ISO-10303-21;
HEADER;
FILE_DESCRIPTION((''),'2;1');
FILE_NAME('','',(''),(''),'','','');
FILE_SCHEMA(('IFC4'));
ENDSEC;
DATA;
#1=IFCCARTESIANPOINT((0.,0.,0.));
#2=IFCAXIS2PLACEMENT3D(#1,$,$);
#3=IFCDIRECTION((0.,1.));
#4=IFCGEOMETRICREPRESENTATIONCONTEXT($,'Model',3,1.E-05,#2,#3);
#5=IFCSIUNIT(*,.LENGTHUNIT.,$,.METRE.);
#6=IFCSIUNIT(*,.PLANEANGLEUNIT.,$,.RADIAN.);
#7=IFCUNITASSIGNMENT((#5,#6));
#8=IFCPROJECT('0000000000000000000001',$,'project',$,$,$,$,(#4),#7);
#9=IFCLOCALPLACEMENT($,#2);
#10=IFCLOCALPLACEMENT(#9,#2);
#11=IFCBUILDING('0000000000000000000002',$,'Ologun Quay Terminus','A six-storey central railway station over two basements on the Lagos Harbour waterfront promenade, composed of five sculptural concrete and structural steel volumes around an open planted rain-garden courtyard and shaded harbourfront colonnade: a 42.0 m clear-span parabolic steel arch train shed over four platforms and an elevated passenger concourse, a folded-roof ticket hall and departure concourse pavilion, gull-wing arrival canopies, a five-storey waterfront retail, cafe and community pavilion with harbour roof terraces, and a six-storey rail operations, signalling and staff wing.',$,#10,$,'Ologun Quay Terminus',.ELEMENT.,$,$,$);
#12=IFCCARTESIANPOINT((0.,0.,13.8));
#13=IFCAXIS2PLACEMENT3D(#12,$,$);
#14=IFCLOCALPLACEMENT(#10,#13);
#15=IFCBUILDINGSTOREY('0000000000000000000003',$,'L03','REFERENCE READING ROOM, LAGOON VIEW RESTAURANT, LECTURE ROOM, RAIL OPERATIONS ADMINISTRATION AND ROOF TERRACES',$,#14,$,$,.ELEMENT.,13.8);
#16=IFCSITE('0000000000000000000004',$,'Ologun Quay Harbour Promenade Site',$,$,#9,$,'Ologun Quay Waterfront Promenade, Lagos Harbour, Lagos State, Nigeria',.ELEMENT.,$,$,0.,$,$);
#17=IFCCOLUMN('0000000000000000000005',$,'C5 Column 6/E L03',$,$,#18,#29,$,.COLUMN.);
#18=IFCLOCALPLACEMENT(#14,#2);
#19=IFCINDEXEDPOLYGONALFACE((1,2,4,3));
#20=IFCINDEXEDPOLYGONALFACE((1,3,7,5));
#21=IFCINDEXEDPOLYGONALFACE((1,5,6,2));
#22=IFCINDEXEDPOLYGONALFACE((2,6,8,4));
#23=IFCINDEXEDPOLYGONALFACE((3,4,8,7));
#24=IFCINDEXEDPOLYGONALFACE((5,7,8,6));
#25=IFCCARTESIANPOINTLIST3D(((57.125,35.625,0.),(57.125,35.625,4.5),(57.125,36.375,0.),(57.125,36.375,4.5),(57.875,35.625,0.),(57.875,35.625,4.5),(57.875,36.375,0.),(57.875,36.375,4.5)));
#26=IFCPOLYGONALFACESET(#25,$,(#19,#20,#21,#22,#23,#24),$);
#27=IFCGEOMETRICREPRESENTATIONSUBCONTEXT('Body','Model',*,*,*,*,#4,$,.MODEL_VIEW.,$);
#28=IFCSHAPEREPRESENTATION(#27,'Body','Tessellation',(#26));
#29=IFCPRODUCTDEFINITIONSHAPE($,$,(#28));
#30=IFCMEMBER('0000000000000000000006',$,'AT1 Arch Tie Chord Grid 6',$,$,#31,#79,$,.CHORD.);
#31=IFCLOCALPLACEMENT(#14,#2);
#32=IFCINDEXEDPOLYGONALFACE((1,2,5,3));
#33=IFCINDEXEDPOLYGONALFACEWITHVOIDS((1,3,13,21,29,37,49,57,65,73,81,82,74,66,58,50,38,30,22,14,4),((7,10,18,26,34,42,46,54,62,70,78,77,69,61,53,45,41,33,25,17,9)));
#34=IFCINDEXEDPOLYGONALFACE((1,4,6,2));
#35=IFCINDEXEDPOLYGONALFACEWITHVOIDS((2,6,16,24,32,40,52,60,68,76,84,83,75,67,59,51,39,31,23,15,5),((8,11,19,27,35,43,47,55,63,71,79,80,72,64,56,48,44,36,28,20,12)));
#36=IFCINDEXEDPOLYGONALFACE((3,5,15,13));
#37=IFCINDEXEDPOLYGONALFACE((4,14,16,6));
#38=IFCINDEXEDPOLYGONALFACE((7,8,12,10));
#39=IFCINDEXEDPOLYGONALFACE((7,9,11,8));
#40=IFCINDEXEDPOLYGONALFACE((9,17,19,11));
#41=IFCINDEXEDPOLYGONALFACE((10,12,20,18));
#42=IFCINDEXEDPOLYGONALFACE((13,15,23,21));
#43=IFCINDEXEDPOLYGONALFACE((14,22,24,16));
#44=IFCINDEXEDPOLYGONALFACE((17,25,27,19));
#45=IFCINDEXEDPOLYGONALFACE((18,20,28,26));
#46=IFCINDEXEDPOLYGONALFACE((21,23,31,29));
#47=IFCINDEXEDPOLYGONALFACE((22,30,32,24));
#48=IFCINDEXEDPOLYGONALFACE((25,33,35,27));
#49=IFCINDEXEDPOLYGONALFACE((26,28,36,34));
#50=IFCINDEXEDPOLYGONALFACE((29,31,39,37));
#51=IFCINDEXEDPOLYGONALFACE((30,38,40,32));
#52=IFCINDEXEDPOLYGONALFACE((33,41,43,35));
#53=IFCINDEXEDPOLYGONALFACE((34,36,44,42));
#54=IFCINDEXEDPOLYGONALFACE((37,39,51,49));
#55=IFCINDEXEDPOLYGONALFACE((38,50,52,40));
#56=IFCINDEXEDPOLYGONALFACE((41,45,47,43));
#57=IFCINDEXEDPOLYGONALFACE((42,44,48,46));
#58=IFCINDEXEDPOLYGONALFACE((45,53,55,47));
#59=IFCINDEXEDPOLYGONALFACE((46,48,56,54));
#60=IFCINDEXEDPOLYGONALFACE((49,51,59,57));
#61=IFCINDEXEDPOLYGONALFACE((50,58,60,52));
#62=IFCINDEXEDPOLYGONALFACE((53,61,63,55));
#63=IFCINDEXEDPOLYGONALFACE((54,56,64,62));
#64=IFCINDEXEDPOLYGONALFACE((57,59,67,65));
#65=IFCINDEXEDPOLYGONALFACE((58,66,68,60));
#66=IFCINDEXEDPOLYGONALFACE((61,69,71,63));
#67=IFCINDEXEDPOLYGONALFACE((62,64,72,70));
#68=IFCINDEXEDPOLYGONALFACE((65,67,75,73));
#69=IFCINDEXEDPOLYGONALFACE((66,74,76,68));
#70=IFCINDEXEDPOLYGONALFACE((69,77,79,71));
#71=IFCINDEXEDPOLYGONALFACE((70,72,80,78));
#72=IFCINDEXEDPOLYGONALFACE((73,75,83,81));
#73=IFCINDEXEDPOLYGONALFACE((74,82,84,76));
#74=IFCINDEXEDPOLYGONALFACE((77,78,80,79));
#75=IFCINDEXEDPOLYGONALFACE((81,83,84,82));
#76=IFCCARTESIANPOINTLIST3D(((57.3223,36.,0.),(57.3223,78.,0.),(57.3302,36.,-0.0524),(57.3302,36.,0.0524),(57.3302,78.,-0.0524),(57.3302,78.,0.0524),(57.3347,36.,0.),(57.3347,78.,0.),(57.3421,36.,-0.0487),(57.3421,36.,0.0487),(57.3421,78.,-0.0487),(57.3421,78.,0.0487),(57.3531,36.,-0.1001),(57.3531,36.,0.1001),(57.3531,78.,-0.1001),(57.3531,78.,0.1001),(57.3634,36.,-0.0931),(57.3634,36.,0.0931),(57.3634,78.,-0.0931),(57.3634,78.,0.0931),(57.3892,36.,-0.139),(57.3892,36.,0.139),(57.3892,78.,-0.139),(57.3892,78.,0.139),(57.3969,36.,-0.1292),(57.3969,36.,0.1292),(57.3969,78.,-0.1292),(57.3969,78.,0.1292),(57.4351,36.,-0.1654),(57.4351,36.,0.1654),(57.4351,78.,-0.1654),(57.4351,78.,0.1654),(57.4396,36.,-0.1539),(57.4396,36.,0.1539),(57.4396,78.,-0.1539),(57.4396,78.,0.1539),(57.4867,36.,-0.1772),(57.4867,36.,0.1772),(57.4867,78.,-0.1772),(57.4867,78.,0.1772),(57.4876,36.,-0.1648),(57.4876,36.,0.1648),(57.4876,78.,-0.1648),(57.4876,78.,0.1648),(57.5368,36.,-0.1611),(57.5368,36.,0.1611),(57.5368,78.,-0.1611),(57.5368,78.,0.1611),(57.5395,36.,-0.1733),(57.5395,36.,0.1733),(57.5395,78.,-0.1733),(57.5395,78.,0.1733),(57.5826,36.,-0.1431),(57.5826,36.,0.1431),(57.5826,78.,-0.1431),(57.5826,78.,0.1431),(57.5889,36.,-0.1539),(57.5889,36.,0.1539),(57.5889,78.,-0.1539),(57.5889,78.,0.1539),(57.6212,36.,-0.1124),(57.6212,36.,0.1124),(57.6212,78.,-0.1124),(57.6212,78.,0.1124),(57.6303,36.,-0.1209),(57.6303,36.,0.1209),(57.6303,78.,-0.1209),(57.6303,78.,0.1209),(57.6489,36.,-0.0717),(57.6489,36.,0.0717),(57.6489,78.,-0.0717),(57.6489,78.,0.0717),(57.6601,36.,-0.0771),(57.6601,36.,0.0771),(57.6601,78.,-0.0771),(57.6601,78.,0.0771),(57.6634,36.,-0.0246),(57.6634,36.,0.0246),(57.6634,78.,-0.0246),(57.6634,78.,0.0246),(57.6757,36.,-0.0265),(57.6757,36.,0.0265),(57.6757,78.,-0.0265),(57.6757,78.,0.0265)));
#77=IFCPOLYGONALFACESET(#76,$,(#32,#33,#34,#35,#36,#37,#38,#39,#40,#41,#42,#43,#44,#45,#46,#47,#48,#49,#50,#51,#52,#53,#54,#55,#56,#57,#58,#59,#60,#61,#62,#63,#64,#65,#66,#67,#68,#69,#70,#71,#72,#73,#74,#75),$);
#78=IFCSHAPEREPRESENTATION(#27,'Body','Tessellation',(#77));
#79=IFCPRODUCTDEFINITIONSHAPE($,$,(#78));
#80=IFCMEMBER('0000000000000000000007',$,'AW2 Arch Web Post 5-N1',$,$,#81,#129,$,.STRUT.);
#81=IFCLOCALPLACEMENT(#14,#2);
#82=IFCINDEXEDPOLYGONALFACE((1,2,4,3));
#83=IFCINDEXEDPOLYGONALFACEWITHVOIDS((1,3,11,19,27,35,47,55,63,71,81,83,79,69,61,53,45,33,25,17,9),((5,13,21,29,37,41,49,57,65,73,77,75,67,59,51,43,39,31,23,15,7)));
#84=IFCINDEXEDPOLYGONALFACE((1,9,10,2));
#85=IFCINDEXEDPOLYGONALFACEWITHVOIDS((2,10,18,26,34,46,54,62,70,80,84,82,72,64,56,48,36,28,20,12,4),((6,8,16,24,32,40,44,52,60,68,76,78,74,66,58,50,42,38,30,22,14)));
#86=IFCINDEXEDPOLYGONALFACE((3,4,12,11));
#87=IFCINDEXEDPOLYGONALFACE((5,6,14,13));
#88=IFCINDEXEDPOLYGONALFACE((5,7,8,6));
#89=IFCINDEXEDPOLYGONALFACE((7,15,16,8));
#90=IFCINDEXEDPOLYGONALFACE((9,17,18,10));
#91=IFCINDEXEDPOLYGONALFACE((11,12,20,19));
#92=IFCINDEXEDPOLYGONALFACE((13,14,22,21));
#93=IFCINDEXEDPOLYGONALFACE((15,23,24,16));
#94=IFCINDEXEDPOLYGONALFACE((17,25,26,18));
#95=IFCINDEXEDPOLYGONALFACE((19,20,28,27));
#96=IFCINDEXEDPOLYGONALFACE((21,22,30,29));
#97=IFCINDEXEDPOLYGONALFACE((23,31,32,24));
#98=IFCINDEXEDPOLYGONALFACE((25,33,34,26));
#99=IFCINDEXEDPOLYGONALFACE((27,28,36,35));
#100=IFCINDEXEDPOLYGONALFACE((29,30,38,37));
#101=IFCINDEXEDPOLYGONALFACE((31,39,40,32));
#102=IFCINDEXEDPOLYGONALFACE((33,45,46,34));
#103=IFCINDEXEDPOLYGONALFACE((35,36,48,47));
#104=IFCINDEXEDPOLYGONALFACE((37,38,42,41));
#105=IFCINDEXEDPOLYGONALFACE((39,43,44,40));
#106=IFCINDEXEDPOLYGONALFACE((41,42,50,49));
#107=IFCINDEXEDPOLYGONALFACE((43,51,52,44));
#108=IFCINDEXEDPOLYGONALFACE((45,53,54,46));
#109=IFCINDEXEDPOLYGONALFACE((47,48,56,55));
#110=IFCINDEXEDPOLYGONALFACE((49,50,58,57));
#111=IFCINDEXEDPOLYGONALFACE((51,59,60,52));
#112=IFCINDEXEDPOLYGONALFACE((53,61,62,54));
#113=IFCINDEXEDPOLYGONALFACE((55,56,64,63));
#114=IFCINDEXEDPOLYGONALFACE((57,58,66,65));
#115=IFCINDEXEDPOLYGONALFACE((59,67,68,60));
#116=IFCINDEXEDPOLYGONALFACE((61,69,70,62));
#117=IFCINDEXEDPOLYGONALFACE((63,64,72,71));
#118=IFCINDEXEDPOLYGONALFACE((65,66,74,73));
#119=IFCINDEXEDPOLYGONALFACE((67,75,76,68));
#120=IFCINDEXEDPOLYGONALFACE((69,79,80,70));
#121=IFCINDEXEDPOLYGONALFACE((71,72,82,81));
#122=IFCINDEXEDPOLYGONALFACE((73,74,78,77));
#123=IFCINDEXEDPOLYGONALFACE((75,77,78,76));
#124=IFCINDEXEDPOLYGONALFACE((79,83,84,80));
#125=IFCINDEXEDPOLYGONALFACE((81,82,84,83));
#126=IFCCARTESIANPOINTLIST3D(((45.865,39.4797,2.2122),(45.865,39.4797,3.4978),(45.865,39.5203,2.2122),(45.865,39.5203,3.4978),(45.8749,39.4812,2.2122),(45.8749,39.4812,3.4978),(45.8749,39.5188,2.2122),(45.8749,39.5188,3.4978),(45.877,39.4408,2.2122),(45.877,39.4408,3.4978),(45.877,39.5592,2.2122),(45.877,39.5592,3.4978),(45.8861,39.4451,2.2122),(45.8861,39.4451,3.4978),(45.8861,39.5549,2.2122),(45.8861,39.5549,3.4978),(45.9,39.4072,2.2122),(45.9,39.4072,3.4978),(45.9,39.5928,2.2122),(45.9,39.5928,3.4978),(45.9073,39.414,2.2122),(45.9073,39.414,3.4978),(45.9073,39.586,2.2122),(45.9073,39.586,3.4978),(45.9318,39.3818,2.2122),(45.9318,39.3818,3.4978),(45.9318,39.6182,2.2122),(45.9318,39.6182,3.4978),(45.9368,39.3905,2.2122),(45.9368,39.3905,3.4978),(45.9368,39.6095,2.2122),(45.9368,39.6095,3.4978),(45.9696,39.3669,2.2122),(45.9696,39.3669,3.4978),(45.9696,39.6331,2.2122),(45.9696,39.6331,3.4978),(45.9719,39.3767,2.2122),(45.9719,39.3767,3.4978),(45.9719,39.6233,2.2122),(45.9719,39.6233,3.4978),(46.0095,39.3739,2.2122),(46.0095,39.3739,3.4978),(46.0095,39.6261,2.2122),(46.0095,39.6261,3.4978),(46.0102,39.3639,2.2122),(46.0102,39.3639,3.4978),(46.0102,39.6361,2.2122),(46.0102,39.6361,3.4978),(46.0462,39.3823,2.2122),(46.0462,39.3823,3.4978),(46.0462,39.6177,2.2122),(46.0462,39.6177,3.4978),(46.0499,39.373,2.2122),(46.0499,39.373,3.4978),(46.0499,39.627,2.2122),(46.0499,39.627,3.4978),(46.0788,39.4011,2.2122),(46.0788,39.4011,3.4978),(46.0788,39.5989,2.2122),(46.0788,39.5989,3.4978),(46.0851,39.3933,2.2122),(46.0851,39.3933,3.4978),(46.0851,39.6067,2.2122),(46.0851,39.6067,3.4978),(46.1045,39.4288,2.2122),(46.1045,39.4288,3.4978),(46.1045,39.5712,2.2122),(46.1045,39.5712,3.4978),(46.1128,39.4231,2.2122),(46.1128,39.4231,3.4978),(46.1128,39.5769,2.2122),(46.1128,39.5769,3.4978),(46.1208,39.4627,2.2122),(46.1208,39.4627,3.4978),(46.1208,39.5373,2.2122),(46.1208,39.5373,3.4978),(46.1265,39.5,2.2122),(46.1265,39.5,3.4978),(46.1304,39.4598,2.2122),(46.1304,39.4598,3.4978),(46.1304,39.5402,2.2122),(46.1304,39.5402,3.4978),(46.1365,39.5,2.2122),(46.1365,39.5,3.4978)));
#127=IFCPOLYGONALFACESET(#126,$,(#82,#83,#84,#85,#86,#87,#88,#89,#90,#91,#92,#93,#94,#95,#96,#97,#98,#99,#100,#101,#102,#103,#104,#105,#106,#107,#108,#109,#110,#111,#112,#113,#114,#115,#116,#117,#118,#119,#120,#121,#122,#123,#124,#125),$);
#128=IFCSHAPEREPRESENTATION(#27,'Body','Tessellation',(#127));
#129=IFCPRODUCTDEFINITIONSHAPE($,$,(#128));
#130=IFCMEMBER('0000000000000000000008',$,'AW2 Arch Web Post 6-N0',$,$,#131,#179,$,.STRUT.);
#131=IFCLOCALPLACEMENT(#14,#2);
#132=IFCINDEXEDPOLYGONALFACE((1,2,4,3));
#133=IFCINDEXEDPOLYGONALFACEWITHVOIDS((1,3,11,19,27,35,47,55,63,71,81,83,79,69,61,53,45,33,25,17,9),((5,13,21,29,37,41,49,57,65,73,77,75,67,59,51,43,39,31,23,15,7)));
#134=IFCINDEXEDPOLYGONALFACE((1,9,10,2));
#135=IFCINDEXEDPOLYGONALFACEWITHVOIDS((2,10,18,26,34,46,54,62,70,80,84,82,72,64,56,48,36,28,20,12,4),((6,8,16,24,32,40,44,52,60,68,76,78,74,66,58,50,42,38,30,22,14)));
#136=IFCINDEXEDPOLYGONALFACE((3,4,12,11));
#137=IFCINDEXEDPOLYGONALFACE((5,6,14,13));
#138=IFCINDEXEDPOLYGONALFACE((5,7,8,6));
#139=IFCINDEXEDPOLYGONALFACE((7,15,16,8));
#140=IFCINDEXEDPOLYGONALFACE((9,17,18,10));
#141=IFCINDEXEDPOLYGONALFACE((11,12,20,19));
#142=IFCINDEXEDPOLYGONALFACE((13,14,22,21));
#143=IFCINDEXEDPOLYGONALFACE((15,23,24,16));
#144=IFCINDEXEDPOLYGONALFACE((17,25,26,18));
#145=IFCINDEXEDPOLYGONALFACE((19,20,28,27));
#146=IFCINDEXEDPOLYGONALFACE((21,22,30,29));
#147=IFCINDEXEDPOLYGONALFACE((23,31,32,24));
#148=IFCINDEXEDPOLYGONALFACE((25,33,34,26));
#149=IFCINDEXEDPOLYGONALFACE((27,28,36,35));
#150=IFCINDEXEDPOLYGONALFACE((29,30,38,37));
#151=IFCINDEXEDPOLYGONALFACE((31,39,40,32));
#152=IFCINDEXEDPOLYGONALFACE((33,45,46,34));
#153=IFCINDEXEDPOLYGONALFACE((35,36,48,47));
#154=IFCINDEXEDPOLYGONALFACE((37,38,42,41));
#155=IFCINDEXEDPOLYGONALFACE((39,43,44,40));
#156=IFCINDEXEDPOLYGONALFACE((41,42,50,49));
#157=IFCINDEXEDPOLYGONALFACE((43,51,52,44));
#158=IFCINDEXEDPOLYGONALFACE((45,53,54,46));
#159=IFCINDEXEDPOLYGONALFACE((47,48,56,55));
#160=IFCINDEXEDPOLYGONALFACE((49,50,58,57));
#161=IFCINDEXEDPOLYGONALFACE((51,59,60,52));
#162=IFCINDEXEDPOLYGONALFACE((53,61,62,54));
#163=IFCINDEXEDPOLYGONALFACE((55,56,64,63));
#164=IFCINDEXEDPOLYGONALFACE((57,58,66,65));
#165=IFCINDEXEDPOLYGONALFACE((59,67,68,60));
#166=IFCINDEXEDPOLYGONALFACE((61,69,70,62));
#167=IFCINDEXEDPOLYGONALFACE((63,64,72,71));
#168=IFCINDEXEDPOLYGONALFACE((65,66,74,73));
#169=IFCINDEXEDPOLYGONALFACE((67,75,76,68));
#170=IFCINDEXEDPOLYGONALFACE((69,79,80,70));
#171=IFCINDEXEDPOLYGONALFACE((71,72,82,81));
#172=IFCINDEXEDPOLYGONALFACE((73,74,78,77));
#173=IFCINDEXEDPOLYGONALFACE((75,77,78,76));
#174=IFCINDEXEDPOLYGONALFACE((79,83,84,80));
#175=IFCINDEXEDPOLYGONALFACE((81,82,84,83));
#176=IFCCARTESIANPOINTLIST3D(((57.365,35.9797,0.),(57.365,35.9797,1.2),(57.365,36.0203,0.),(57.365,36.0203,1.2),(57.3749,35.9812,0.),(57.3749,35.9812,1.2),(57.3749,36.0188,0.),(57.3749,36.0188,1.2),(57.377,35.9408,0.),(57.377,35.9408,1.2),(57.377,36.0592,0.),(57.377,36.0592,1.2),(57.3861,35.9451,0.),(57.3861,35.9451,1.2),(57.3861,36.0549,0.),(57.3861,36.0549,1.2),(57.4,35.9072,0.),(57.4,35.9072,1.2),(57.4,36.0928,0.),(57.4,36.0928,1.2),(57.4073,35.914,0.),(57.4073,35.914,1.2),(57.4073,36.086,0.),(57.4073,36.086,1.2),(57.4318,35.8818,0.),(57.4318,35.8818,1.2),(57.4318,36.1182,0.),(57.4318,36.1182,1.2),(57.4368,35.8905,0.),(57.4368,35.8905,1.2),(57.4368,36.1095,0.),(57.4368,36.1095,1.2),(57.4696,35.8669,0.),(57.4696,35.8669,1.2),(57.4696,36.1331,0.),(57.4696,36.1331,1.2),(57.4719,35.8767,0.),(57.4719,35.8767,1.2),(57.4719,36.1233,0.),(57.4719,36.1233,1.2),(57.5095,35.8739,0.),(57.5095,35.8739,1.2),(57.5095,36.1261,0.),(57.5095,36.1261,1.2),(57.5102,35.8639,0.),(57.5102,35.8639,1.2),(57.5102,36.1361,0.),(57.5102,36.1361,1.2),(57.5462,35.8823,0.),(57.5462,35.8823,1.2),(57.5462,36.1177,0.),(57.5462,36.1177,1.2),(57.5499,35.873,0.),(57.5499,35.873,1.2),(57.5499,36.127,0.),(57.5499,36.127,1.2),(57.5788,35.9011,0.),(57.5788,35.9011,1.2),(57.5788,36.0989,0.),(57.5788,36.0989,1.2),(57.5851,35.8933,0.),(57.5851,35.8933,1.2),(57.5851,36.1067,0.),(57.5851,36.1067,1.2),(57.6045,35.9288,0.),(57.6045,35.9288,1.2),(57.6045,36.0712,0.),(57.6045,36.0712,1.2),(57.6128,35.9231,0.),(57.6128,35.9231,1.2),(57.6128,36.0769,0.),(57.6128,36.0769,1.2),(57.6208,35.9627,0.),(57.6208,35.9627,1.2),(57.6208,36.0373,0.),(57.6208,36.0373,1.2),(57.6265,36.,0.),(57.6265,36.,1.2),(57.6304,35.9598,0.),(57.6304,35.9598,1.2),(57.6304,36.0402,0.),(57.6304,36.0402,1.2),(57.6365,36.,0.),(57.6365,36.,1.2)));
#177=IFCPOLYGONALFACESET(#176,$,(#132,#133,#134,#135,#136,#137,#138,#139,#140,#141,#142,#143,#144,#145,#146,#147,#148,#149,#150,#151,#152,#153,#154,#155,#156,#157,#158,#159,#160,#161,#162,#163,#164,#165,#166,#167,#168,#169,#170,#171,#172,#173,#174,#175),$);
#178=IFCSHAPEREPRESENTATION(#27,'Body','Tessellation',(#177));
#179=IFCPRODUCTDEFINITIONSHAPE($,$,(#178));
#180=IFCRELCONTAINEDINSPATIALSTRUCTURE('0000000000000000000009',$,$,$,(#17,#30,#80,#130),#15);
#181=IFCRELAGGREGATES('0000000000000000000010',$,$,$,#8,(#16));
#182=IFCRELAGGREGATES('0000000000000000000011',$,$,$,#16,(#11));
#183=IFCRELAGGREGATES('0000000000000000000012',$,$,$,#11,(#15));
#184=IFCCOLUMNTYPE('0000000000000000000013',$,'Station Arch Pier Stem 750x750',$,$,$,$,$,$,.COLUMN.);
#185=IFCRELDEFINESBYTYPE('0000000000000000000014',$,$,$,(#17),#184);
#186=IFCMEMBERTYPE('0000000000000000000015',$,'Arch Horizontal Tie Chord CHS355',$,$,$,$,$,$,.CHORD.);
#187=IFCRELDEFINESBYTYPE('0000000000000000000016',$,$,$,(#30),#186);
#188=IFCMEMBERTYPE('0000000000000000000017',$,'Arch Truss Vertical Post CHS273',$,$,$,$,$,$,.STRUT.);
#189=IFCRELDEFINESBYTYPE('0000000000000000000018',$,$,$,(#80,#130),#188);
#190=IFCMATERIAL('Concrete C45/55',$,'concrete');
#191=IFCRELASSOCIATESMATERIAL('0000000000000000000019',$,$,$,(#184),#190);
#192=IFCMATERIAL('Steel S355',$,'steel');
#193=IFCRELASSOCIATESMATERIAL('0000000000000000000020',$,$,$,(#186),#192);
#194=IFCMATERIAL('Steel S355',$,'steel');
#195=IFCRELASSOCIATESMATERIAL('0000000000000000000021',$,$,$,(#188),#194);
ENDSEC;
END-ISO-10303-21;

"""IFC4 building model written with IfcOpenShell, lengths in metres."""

from ifc_helpers import new_model, si_unit, direction, frame, origin, origin_2d, place, context, subcontext, project, spatial, rectangle, hollow_circle, extrude, material, material_profile, profile_set, type_object, element, save


model = new_model("IFC4")

# Units and contexts
model_context = context("Model", 3, precision=1e-05, world=origin(), true_north=direction((0.0, 1.0)))
body_context = subcontext(model_context, "Body", "Model", "MODEL_VIEW")
ifc_project = project(units=[si_unit("LENGTHUNIT", "METRE"), si_unit("PLANEANGLEUNIT", "RADIAN")], contexts=[model_context])

# Site, building, storey
site_placement = place(None, origin())
site = spatial("IfcSite", under=ifc_project, at=site_placement, Name="Ologun Quay Harbour Promenade Site", LongName="Ologun Quay Waterfront Promenade, Lagos Harbour, Lagos State, Nigeria", CompositionType="ELEMENT", RefElevation=0.0)
building_placement = place(site_placement, origin())
building = spatial("IfcBuilding", under=site, at=building_placement, Name="Ologun Quay Terminus", Description="A six-storey central railway station over two basements on the Lagos Harbour waterfront promenade, composed of five sculptural concrete and structural steel volumes around an open planted rain-garden courtyard and shaded harbourfront colonnade: a 42.0 m clear-span parabolic steel arch train shed over four platforms and an elevated passenger concourse, a folded-roof ticket hall and departure concourse pavilion, gull-wing arrival canopies, a five-storey waterfront retail, cafe and community pavilion with harbour roof terraces, and a six-storey rail operations, signalling and staff wing.", LongName="Ologun Quay Terminus", CompositionType="ELEMENT")
storey_placement = place(building_placement, frame((0.0, 0.0, 13.8)))
storey = spatial("IfcBuildingStorey", under=building, at=storey_placement, Name="L03", Description="REFERENCE READING ROOM, LAGOON VIEW RESTAURANT, LECTURE ROOM, RAIL OPERATIONS ADMINISTRATION AND ROOF TERRACES", CompositionType="ELEMENT", Elevation=13.8)

# Column
ifc_material_1 = material(Name="Concrete C45/55", Category="concrete")
ifc_material_profile_1 = material_profile(ifc_material_1, rectangle(XDim=0.75, YDim=0.75, at=origin_2d()), Name="RC 750x750")
ifc_profile_set_1 = profile_set([ifc_material_profile_1], Name="Concrete C45/55")
column_type = type_object("IfcColumnType", Name="Station Arch Pier Stem 750x750", PredefinedType="COLUMN", material=ifc_profile_set_1)
column_placement = place(storey_placement, frame((57.5, 36.0, 0.0), z_axis=(0.0, 0.0, 1.0), x_axis=(1.0, 0.0, 0.0)))
element("IfcColumn", 1, at=column_placement, inside=storey, type_object=column_type, Name="C5 Column 6/E L03", PredefinedType="COLUMN", context=body_context, shape_type="SweptSolid", body=[
    extrude(rectangle(XDim=0.75, YDim=0.75, at=origin_2d()), origin(), (0.0, 0.0, 1.0), 4.5),
])

# Members
ifc_material_2 = material(Name="Steel S355", Category="steel")
ifc_material_profile_2 = material_profile(ifc_material_2, hollow_circle(Radius=0.1777, WallThickness=0.0125, at=origin_2d()), Name="CHS 355.6x12.5")
ifc_profile_set_2 = profile_set([ifc_material_profile_2], Name="Steel S355")
member_type_1 = type_object("IfcMemberType", Name="Arch Horizontal Tie Chord CHS355", PredefinedType="CHORD", material=ifc_profile_set_2)
member_1_placement = place(storey_placement, frame((57.5, 36.0, 0.0), z_axis=(0.0, 1.0, 0.0), x_axis=(-1.0, 0.0, 0.0)))
element("IfcMember", 2, at=member_1_placement, inside=storey, type_object=member_type_1, Name="AT1 Arch Tie Chord Grid 6", PredefinedType="CHORD", context=body_context, shape_type="SweptSolid", body=[
    extrude(hollow_circle(Radius=0.1777, WallThickness=0.0125, at=origin_2d()), origin(), (0.0, 0.0, 1.0), 42.0),
])
ifc_material_3 = material(Name="Steel S355", Category="steel")
ifc_material_profile_3 = material_profile(ifc_material_3, hollow_circle(Radius=0.1365, WallThickness=0.01, at=origin_2d()), Name="CHS 273x10")
ifc_profile_set_3 = profile_set([ifc_material_profile_3], Name="Steel S355")
member_type_2 = type_object("IfcMemberType", Name="Arch Truss Vertical Post CHS273", PredefinedType="STRUT", material=ifc_profile_set_3)
member_2_placement = place(storey_placement, frame((46.0, 39.5, 2.2122), z_axis=(0.0, 0.0, 1.0), x_axis=(1.0, 0.0, 0.0)))
element("IfcMember", 3, at=member_2_placement, inside=storey, type_object=member_type_2, Name="AW2 Arch Web Post 5-N1", PredefinedType="STRUT", context=body_context, shape_type="SweptSolid", body=[
    extrude(hollow_circle(Radius=0.1365, WallThickness=0.01, at=origin_2d()), origin(), (0.0, 0.0, 1.0), 1.2856),
])
member_3_placement = place(storey_placement, frame((57.5, 36.0, 0.0), z_axis=(0.0, 0.0, 1.0), x_axis=(1.0, 0.0, 0.0)))
element("IfcMember", 4, at=member_3_placement, inside=storey, type_object=member_type_2, Name="AW2 Arch Web Post 6-N0", PredefinedType="STRUT", context=body_context, shape_type="SweptSolid", body=[
    extrude(hollow_circle(Radius=0.1365, WallThickness=0.01, at=origin_2d()), origin(), (0.0, 0.0, 1.0), 1.2),
])

save(model, "model.ifc")
